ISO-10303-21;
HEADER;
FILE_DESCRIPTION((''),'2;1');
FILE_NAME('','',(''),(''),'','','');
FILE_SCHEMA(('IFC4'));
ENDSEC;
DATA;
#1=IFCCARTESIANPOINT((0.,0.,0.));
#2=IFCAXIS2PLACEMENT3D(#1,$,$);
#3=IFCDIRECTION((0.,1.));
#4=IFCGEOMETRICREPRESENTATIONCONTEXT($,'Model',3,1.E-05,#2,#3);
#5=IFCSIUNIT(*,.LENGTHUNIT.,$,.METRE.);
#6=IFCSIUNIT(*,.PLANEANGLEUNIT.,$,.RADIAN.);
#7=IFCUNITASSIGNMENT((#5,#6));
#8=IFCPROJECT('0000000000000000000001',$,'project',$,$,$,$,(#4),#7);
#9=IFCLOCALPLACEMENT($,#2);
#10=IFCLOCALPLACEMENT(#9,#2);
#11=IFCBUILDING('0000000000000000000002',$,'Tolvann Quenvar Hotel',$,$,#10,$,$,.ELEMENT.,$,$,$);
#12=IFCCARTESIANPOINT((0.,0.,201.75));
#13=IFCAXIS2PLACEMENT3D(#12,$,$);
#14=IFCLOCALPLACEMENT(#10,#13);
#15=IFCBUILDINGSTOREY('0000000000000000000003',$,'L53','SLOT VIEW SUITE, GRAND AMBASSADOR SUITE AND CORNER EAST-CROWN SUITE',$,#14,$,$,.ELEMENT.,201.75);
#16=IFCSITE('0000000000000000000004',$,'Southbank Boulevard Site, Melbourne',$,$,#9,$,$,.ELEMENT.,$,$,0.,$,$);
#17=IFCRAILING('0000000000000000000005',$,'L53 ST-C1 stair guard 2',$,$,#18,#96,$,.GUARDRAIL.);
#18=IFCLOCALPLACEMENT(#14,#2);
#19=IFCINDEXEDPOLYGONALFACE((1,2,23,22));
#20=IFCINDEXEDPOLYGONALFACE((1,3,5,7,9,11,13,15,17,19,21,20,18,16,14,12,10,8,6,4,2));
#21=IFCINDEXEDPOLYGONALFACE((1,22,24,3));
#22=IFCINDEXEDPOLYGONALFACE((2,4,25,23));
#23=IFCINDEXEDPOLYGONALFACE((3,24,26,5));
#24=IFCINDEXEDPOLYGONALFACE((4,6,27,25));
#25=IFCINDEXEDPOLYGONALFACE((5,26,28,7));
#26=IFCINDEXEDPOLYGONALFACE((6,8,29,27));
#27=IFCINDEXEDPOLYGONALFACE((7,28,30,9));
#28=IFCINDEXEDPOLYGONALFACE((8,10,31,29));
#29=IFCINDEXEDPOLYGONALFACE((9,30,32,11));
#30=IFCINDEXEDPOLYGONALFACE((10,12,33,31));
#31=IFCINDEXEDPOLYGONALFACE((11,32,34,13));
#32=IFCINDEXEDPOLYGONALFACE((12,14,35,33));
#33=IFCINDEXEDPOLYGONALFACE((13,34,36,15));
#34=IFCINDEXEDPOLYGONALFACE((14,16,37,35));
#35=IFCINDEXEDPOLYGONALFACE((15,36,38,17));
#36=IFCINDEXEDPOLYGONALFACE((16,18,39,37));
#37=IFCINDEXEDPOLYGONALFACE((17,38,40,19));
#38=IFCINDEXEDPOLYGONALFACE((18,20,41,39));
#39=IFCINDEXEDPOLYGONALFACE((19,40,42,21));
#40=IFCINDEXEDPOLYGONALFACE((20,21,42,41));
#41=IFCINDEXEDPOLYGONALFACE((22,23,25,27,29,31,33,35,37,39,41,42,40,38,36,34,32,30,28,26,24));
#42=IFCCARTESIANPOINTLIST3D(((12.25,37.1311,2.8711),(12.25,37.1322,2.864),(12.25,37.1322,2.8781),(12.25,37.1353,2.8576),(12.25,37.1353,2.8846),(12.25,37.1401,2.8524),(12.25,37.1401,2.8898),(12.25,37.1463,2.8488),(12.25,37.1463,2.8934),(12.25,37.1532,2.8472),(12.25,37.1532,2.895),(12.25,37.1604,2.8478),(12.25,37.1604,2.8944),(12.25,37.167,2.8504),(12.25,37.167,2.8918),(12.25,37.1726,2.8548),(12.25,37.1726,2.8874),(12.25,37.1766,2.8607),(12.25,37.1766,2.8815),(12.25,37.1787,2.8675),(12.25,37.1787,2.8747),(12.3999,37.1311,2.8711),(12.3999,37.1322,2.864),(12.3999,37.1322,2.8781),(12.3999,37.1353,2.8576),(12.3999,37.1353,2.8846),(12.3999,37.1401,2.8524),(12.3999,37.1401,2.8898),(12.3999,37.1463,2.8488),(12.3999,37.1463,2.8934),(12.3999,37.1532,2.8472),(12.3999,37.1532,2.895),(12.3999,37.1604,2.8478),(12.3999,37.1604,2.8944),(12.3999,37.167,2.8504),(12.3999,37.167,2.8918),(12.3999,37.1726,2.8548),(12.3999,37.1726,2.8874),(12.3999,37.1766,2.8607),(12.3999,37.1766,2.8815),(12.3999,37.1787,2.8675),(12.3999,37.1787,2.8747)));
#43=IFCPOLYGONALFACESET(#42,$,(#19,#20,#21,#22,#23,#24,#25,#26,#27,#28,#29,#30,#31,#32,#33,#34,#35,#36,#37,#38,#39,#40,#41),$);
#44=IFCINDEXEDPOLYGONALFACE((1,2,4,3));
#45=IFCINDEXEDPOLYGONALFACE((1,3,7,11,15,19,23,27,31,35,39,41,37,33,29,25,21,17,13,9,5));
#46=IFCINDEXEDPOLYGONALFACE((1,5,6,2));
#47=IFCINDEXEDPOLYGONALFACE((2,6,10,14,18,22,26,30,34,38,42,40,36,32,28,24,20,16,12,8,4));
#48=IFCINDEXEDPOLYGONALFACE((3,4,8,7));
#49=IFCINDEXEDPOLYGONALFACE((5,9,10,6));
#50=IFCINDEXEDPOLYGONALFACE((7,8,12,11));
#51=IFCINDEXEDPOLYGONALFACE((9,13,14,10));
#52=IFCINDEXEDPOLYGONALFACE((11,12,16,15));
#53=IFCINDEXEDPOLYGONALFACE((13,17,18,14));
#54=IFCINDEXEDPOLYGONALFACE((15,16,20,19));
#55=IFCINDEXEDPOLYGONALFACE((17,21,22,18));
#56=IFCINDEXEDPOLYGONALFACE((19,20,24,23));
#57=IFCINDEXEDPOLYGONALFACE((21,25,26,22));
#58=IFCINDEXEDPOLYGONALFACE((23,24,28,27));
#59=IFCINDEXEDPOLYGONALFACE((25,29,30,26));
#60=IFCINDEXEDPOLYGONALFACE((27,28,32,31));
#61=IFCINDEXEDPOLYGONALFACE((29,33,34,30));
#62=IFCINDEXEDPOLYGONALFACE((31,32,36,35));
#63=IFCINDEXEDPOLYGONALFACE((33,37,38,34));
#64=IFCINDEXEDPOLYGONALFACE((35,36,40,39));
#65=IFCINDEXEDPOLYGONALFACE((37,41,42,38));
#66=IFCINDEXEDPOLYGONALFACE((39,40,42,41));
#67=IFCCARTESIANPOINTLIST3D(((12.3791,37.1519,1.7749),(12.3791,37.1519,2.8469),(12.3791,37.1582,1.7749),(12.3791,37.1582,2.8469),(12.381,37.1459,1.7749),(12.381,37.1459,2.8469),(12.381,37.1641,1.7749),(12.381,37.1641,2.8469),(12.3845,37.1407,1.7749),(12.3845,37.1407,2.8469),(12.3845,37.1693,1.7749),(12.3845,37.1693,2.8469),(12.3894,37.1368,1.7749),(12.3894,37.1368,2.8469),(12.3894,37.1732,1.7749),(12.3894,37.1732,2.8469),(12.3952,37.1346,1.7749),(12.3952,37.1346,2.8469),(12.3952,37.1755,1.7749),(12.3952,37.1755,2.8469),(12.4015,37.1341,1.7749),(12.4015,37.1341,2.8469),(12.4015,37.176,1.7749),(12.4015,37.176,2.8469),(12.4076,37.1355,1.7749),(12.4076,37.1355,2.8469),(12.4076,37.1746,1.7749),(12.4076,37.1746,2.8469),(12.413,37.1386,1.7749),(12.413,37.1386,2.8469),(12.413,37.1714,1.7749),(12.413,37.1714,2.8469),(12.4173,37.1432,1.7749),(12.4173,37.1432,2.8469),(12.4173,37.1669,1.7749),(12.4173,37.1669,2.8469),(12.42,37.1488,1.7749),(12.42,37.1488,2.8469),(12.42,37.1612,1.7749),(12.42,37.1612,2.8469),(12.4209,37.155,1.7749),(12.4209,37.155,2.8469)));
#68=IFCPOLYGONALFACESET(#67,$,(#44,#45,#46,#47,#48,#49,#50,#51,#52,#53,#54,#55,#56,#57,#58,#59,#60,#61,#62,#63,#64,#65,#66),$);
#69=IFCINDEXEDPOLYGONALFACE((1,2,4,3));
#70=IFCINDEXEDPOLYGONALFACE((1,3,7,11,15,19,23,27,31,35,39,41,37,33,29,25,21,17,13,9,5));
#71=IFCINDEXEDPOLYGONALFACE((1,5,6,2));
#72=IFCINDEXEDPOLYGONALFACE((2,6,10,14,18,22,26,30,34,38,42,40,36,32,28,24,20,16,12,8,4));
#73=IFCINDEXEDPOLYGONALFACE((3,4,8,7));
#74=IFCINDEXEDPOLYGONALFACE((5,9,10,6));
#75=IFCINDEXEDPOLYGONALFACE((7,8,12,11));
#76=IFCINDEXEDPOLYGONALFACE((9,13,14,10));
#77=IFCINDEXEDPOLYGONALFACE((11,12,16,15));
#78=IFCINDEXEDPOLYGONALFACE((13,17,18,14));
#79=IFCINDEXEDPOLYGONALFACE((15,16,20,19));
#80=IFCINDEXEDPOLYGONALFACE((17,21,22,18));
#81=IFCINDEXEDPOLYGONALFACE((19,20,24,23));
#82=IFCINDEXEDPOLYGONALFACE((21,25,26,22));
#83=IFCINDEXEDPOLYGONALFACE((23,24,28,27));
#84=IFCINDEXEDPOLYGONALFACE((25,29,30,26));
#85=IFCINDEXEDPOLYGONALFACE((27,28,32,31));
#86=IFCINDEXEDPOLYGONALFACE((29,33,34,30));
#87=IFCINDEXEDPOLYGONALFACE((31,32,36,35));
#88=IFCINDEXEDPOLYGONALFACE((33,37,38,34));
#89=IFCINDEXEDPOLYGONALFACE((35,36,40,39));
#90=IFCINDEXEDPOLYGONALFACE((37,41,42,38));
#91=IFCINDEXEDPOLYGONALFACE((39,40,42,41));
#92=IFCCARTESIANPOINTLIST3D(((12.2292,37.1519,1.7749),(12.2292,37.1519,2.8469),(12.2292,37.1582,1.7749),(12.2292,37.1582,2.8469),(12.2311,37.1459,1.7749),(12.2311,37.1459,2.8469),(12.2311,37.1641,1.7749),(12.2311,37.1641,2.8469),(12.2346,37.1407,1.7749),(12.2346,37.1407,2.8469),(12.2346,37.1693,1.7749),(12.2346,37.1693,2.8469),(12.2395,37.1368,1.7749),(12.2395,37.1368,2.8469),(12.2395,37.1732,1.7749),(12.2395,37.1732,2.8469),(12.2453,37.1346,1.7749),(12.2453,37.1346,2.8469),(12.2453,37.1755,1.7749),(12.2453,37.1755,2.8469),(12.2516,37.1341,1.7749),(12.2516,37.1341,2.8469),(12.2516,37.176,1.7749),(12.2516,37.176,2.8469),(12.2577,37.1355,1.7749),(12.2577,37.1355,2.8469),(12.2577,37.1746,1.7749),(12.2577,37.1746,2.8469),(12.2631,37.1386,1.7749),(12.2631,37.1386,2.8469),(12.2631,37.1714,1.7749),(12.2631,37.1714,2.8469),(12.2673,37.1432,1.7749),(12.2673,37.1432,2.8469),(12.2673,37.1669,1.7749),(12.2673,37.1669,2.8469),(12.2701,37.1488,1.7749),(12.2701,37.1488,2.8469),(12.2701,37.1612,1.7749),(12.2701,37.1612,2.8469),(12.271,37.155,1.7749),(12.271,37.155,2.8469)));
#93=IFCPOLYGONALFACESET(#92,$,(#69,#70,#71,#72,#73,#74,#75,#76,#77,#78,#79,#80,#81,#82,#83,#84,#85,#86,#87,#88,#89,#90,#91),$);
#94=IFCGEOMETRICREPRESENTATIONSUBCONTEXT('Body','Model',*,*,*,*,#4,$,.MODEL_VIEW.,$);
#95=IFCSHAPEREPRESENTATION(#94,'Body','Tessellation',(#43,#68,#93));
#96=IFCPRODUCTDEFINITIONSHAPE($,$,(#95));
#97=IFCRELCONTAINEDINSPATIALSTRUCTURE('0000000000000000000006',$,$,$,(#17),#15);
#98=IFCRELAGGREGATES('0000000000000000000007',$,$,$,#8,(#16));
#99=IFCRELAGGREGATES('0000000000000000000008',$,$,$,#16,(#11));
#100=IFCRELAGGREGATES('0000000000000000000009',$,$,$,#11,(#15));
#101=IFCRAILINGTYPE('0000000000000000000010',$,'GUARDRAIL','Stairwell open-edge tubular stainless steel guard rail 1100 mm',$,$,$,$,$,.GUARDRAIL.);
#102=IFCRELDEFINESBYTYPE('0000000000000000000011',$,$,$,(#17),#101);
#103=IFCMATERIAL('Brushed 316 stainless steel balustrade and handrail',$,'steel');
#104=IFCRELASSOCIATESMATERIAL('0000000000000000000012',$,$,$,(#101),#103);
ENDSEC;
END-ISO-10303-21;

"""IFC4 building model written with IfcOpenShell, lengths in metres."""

from ifc_helpers import new_model, si_unit, direction, frame, origin, origin_2d, place, context, subcontext, project, spatial, circle, extrude, material, type_object, element, save


model = new_model("IFC4")

# Units and contexts
model_context = context("Model", 3, precision=1e-05, world=origin(), true_north=direction((0.0, 1.0)))
body_context = subcontext(model_context, "Body", "Model", "MODEL_VIEW")
ifc_project = project(units=[si_unit("LENGTHUNIT", "METRE"), si_unit("PLANEANGLEUNIT", "RADIAN")], contexts=[model_context])

# Site, building, storey
site_placement = place(None, origin())
site = spatial("IfcSite", under=ifc_project, at=site_placement, Name="Southbank Boulevard Site, Melbourne", CompositionType="ELEMENT", RefElevation=0.0)
building_placement = place(site_placement, origin())
building = spatial("IfcBuilding", under=site, at=building_placement, Name="Tolvann Quenvar Hotel", CompositionType="ELEMENT")
storey_placement = place(building_placement, frame((0.0, 0.0, 201.75)))
storey = spatial("IfcBuildingStorey", under=building, at=storey_placement, Name="L53", Description="SLOT VIEW SUITE, GRAND AMBASSADOR SUITE AND CORNER EAST-CROWN SUITE", CompositionType="ELEMENT", Elevation=201.75)

# Railing
ifc_material_1 = material(Name="Brushed 316 stainless steel balustrade and handrail", Category="steel")
railing_type_1 = type_object("IfcRailingType", Name="GUARDRAIL", Description="Stairwell open-edge tubular stainless steel guard rail 1100 mm", PredefinedType="GUARDRAIL", material=ifc_material_1)
railing_1_placement = place(storey_placement, frame((12.3999, 37.155, 1.7749)))
element("IfcRailing", 1, at=railing_1_placement, inside=storey, type_object=railing_type_1, Name="L53 ST-C1 stair guard 2", PredefinedType="GUARDRAIL", context=body_context, shape_type="SweptSolid", body=[
    extrude(circle(Radius=0.0239, at=origin_2d()), frame((0.0, 0.0, 1.0962), z_axis=(-1.0, 0.0, 0.0), x_axis=(0.0, -1.0, 0.0)), (0.0, 0.0, 1.0), 0.1499),
    extrude(circle(Radius=0.021, at=origin_2d()), origin(), (0.0, 0.0, 1.0), 1.072),
    extrude(circle(Radius=0.021, at=origin_2d()), frame((-0.1499, 0.0, 0.0)), (0.0, 0.0, 1.0), 1.072),
])

save(model, "model.ifc")
